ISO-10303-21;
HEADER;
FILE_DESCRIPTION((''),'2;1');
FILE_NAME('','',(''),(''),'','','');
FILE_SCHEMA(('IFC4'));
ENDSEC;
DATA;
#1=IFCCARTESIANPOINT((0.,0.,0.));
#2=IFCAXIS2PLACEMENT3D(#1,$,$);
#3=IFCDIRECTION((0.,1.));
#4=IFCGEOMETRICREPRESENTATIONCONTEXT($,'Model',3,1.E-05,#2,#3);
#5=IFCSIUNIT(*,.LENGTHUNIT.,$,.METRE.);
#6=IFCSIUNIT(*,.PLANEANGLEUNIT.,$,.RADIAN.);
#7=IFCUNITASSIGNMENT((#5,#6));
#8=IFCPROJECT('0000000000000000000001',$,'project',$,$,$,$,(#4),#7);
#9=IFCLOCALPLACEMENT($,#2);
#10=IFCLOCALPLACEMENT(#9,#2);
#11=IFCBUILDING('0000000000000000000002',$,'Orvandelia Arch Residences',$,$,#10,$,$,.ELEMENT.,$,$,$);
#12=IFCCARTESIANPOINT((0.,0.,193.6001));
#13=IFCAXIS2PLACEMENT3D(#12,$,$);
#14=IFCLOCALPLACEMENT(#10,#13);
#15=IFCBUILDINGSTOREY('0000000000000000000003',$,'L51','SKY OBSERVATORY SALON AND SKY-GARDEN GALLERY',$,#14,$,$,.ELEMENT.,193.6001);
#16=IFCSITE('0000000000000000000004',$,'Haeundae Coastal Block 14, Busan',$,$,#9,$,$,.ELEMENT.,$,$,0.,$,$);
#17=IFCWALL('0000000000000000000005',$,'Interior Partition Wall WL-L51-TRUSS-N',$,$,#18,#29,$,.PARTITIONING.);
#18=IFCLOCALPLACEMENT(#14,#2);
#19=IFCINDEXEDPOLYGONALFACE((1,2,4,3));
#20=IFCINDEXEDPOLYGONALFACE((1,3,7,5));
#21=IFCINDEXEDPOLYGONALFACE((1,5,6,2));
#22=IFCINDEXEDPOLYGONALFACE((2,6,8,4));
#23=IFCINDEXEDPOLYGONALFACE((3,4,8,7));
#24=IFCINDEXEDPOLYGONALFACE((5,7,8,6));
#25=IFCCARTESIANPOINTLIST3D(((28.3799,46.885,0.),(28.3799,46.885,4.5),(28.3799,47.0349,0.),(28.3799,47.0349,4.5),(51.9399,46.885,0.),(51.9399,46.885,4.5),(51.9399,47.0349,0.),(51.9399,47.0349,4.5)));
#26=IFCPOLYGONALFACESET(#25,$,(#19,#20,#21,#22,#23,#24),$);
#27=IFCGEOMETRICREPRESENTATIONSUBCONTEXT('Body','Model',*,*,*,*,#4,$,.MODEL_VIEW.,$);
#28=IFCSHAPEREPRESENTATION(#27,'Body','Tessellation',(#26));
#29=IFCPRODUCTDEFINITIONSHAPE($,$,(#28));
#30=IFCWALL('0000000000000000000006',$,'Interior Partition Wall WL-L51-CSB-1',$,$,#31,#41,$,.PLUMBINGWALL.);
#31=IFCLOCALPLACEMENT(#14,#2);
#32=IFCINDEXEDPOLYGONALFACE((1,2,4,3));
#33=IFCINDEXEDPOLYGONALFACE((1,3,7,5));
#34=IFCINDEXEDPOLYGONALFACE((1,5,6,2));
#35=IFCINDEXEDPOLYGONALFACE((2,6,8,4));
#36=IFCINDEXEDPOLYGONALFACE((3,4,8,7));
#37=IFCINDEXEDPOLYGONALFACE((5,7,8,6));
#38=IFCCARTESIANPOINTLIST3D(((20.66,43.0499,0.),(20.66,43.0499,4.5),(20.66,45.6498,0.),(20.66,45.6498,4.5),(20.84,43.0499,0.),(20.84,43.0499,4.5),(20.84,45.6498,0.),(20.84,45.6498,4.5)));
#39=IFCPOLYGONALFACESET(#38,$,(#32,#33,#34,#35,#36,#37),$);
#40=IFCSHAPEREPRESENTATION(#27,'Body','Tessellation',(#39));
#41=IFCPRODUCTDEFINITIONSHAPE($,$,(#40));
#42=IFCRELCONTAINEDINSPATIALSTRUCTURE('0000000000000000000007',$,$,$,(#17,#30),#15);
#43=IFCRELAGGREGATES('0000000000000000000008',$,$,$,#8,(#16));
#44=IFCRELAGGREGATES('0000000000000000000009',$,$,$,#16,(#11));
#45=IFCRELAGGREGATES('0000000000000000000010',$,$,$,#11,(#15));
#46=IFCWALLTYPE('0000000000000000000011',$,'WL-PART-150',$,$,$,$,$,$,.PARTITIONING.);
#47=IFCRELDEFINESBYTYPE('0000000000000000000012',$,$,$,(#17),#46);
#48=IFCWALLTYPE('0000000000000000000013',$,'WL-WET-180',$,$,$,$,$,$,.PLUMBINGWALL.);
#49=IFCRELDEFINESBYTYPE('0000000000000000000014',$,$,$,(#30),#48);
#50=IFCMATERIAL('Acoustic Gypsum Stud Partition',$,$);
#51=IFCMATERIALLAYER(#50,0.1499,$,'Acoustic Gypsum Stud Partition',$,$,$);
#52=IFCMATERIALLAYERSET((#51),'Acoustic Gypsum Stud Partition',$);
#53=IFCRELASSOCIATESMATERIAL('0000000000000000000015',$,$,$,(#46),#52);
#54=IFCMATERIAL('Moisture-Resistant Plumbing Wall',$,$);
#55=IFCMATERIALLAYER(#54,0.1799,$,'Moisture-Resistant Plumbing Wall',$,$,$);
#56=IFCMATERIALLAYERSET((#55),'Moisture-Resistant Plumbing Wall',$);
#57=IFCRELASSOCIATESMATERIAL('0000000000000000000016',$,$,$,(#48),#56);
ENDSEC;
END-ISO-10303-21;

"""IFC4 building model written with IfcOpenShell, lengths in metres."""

from ifc_helpers import new_model, si_unit, direction, frame, frame_2d, origin, place, context, subcontext, project, spatial, rectangle, extrude, material, layer, layer_set, type_object, element, save


model = new_model("IFC4")

# Units and contexts
model_context = context("Model", 3, precision=1e-05, world=origin(), true_north=direction((0.0, 1.0)))
body_context = subcontext(model_context, "Body", "Model", "MODEL_VIEW")
ifc_project = project(units=[si_unit("LENGTHUNIT", "METRE"), si_unit("PLANEANGLEUNIT", "RADIAN")], contexts=[model_context])

# Site, building, storey
site_placement = place(None, origin())
site = spatial("IfcSite", under=ifc_project, at=site_placement, Name="Haeundae Coastal Block 14, Busan", CompositionType="ELEMENT", RefElevation=0.0)
building_placement = place(site_placement, origin())
building = spatial("IfcBuilding", under=site, at=building_placement, Name="Orvandelia Arch Residences", CompositionType="ELEMENT")
storey_placement = place(building_placement, frame((0.0, 0.0, 193.6001)))
storey = spatial("IfcBuildingStorey", under=building, at=storey_placement, Name="L51", Description="SKY OBSERVATORY SALON AND SKY-GARDEN GALLERY", CompositionType="ELEMENT", Elevation=193.6001)

# Shared definitions
ifc_material_1 = material(Name="Acoustic Gypsum Stud Partition")
ifc_layer_1 = layer(ifc_material_1, 0.1499, Name="Acoustic Gypsum Stud Partition")
ifc_layer_set_1 = layer_set([ifc_layer_1], Name="Acoustic Gypsum Stud Partition")
wall_type_1 = type_object("IfcWallType", Name="WL-PART-150", PredefinedType="PARTITIONING", material=ifc_layer_set_1)

# Walls
wall_1_placement = place(storey_placement, frame((28.3799, 46.96, 0.0), z_axis=(0.0, 0.0, 1.0), x_axis=(1.0, 0.0, 0.0)))
element("IfcWall", 1, at=wall_1_placement, inside=storey, type_object=wall_type_1, Name="Interior Partition Wall WL-L51-TRUSS-N", PredefinedType="PARTITIONING", context=body_context, shape_type="SweptSolid", body=[
    extrude(rectangle(XDim=23.5601, YDim=0.1499, at=frame_2d((11.78, 0.0))), origin(), (0.0, 0.0, 1.0), 4.5),
])
ifc_material_2 = material(Name="Moisture-Resistant Plumbing Wall")
ifc_layer_2 = layer(ifc_material_2, 0.1799, Name="Moisture-Resistant Plumbing Wall")
ifc_layer_set_2 = layer_set([ifc_layer_2], Name="Moisture-Resistant Plumbing Wall")
wall_type_2 = type_object("IfcWallType", Name="WL-WET-180", PredefinedType="PLUMBINGWALL", material=ifc_layer_set_2)
wall_2_placement = place(storey_placement, frame((20.75, 43.05, 0.0), z_axis=(0.0, 0.0, 1.0), x_axis=(0.0, 1.0, 0.0)))
element("IfcWall", 2, at=wall_2_placement, inside=storey, type_object=wall_type_2, Name="Interior Partition Wall WL-L51-CSB-1", PredefinedType="PLUMBINGWALL", context=body_context, shape_type="SweptSolid", body=[
    extrude(rectangle(XDim=2.5999, YDim=0.1799, at=frame_2d((1.2998, 0.0))), origin(), (0.0, 0.0, 1.0), 4.5),
])

save(model, "model.ifc")
